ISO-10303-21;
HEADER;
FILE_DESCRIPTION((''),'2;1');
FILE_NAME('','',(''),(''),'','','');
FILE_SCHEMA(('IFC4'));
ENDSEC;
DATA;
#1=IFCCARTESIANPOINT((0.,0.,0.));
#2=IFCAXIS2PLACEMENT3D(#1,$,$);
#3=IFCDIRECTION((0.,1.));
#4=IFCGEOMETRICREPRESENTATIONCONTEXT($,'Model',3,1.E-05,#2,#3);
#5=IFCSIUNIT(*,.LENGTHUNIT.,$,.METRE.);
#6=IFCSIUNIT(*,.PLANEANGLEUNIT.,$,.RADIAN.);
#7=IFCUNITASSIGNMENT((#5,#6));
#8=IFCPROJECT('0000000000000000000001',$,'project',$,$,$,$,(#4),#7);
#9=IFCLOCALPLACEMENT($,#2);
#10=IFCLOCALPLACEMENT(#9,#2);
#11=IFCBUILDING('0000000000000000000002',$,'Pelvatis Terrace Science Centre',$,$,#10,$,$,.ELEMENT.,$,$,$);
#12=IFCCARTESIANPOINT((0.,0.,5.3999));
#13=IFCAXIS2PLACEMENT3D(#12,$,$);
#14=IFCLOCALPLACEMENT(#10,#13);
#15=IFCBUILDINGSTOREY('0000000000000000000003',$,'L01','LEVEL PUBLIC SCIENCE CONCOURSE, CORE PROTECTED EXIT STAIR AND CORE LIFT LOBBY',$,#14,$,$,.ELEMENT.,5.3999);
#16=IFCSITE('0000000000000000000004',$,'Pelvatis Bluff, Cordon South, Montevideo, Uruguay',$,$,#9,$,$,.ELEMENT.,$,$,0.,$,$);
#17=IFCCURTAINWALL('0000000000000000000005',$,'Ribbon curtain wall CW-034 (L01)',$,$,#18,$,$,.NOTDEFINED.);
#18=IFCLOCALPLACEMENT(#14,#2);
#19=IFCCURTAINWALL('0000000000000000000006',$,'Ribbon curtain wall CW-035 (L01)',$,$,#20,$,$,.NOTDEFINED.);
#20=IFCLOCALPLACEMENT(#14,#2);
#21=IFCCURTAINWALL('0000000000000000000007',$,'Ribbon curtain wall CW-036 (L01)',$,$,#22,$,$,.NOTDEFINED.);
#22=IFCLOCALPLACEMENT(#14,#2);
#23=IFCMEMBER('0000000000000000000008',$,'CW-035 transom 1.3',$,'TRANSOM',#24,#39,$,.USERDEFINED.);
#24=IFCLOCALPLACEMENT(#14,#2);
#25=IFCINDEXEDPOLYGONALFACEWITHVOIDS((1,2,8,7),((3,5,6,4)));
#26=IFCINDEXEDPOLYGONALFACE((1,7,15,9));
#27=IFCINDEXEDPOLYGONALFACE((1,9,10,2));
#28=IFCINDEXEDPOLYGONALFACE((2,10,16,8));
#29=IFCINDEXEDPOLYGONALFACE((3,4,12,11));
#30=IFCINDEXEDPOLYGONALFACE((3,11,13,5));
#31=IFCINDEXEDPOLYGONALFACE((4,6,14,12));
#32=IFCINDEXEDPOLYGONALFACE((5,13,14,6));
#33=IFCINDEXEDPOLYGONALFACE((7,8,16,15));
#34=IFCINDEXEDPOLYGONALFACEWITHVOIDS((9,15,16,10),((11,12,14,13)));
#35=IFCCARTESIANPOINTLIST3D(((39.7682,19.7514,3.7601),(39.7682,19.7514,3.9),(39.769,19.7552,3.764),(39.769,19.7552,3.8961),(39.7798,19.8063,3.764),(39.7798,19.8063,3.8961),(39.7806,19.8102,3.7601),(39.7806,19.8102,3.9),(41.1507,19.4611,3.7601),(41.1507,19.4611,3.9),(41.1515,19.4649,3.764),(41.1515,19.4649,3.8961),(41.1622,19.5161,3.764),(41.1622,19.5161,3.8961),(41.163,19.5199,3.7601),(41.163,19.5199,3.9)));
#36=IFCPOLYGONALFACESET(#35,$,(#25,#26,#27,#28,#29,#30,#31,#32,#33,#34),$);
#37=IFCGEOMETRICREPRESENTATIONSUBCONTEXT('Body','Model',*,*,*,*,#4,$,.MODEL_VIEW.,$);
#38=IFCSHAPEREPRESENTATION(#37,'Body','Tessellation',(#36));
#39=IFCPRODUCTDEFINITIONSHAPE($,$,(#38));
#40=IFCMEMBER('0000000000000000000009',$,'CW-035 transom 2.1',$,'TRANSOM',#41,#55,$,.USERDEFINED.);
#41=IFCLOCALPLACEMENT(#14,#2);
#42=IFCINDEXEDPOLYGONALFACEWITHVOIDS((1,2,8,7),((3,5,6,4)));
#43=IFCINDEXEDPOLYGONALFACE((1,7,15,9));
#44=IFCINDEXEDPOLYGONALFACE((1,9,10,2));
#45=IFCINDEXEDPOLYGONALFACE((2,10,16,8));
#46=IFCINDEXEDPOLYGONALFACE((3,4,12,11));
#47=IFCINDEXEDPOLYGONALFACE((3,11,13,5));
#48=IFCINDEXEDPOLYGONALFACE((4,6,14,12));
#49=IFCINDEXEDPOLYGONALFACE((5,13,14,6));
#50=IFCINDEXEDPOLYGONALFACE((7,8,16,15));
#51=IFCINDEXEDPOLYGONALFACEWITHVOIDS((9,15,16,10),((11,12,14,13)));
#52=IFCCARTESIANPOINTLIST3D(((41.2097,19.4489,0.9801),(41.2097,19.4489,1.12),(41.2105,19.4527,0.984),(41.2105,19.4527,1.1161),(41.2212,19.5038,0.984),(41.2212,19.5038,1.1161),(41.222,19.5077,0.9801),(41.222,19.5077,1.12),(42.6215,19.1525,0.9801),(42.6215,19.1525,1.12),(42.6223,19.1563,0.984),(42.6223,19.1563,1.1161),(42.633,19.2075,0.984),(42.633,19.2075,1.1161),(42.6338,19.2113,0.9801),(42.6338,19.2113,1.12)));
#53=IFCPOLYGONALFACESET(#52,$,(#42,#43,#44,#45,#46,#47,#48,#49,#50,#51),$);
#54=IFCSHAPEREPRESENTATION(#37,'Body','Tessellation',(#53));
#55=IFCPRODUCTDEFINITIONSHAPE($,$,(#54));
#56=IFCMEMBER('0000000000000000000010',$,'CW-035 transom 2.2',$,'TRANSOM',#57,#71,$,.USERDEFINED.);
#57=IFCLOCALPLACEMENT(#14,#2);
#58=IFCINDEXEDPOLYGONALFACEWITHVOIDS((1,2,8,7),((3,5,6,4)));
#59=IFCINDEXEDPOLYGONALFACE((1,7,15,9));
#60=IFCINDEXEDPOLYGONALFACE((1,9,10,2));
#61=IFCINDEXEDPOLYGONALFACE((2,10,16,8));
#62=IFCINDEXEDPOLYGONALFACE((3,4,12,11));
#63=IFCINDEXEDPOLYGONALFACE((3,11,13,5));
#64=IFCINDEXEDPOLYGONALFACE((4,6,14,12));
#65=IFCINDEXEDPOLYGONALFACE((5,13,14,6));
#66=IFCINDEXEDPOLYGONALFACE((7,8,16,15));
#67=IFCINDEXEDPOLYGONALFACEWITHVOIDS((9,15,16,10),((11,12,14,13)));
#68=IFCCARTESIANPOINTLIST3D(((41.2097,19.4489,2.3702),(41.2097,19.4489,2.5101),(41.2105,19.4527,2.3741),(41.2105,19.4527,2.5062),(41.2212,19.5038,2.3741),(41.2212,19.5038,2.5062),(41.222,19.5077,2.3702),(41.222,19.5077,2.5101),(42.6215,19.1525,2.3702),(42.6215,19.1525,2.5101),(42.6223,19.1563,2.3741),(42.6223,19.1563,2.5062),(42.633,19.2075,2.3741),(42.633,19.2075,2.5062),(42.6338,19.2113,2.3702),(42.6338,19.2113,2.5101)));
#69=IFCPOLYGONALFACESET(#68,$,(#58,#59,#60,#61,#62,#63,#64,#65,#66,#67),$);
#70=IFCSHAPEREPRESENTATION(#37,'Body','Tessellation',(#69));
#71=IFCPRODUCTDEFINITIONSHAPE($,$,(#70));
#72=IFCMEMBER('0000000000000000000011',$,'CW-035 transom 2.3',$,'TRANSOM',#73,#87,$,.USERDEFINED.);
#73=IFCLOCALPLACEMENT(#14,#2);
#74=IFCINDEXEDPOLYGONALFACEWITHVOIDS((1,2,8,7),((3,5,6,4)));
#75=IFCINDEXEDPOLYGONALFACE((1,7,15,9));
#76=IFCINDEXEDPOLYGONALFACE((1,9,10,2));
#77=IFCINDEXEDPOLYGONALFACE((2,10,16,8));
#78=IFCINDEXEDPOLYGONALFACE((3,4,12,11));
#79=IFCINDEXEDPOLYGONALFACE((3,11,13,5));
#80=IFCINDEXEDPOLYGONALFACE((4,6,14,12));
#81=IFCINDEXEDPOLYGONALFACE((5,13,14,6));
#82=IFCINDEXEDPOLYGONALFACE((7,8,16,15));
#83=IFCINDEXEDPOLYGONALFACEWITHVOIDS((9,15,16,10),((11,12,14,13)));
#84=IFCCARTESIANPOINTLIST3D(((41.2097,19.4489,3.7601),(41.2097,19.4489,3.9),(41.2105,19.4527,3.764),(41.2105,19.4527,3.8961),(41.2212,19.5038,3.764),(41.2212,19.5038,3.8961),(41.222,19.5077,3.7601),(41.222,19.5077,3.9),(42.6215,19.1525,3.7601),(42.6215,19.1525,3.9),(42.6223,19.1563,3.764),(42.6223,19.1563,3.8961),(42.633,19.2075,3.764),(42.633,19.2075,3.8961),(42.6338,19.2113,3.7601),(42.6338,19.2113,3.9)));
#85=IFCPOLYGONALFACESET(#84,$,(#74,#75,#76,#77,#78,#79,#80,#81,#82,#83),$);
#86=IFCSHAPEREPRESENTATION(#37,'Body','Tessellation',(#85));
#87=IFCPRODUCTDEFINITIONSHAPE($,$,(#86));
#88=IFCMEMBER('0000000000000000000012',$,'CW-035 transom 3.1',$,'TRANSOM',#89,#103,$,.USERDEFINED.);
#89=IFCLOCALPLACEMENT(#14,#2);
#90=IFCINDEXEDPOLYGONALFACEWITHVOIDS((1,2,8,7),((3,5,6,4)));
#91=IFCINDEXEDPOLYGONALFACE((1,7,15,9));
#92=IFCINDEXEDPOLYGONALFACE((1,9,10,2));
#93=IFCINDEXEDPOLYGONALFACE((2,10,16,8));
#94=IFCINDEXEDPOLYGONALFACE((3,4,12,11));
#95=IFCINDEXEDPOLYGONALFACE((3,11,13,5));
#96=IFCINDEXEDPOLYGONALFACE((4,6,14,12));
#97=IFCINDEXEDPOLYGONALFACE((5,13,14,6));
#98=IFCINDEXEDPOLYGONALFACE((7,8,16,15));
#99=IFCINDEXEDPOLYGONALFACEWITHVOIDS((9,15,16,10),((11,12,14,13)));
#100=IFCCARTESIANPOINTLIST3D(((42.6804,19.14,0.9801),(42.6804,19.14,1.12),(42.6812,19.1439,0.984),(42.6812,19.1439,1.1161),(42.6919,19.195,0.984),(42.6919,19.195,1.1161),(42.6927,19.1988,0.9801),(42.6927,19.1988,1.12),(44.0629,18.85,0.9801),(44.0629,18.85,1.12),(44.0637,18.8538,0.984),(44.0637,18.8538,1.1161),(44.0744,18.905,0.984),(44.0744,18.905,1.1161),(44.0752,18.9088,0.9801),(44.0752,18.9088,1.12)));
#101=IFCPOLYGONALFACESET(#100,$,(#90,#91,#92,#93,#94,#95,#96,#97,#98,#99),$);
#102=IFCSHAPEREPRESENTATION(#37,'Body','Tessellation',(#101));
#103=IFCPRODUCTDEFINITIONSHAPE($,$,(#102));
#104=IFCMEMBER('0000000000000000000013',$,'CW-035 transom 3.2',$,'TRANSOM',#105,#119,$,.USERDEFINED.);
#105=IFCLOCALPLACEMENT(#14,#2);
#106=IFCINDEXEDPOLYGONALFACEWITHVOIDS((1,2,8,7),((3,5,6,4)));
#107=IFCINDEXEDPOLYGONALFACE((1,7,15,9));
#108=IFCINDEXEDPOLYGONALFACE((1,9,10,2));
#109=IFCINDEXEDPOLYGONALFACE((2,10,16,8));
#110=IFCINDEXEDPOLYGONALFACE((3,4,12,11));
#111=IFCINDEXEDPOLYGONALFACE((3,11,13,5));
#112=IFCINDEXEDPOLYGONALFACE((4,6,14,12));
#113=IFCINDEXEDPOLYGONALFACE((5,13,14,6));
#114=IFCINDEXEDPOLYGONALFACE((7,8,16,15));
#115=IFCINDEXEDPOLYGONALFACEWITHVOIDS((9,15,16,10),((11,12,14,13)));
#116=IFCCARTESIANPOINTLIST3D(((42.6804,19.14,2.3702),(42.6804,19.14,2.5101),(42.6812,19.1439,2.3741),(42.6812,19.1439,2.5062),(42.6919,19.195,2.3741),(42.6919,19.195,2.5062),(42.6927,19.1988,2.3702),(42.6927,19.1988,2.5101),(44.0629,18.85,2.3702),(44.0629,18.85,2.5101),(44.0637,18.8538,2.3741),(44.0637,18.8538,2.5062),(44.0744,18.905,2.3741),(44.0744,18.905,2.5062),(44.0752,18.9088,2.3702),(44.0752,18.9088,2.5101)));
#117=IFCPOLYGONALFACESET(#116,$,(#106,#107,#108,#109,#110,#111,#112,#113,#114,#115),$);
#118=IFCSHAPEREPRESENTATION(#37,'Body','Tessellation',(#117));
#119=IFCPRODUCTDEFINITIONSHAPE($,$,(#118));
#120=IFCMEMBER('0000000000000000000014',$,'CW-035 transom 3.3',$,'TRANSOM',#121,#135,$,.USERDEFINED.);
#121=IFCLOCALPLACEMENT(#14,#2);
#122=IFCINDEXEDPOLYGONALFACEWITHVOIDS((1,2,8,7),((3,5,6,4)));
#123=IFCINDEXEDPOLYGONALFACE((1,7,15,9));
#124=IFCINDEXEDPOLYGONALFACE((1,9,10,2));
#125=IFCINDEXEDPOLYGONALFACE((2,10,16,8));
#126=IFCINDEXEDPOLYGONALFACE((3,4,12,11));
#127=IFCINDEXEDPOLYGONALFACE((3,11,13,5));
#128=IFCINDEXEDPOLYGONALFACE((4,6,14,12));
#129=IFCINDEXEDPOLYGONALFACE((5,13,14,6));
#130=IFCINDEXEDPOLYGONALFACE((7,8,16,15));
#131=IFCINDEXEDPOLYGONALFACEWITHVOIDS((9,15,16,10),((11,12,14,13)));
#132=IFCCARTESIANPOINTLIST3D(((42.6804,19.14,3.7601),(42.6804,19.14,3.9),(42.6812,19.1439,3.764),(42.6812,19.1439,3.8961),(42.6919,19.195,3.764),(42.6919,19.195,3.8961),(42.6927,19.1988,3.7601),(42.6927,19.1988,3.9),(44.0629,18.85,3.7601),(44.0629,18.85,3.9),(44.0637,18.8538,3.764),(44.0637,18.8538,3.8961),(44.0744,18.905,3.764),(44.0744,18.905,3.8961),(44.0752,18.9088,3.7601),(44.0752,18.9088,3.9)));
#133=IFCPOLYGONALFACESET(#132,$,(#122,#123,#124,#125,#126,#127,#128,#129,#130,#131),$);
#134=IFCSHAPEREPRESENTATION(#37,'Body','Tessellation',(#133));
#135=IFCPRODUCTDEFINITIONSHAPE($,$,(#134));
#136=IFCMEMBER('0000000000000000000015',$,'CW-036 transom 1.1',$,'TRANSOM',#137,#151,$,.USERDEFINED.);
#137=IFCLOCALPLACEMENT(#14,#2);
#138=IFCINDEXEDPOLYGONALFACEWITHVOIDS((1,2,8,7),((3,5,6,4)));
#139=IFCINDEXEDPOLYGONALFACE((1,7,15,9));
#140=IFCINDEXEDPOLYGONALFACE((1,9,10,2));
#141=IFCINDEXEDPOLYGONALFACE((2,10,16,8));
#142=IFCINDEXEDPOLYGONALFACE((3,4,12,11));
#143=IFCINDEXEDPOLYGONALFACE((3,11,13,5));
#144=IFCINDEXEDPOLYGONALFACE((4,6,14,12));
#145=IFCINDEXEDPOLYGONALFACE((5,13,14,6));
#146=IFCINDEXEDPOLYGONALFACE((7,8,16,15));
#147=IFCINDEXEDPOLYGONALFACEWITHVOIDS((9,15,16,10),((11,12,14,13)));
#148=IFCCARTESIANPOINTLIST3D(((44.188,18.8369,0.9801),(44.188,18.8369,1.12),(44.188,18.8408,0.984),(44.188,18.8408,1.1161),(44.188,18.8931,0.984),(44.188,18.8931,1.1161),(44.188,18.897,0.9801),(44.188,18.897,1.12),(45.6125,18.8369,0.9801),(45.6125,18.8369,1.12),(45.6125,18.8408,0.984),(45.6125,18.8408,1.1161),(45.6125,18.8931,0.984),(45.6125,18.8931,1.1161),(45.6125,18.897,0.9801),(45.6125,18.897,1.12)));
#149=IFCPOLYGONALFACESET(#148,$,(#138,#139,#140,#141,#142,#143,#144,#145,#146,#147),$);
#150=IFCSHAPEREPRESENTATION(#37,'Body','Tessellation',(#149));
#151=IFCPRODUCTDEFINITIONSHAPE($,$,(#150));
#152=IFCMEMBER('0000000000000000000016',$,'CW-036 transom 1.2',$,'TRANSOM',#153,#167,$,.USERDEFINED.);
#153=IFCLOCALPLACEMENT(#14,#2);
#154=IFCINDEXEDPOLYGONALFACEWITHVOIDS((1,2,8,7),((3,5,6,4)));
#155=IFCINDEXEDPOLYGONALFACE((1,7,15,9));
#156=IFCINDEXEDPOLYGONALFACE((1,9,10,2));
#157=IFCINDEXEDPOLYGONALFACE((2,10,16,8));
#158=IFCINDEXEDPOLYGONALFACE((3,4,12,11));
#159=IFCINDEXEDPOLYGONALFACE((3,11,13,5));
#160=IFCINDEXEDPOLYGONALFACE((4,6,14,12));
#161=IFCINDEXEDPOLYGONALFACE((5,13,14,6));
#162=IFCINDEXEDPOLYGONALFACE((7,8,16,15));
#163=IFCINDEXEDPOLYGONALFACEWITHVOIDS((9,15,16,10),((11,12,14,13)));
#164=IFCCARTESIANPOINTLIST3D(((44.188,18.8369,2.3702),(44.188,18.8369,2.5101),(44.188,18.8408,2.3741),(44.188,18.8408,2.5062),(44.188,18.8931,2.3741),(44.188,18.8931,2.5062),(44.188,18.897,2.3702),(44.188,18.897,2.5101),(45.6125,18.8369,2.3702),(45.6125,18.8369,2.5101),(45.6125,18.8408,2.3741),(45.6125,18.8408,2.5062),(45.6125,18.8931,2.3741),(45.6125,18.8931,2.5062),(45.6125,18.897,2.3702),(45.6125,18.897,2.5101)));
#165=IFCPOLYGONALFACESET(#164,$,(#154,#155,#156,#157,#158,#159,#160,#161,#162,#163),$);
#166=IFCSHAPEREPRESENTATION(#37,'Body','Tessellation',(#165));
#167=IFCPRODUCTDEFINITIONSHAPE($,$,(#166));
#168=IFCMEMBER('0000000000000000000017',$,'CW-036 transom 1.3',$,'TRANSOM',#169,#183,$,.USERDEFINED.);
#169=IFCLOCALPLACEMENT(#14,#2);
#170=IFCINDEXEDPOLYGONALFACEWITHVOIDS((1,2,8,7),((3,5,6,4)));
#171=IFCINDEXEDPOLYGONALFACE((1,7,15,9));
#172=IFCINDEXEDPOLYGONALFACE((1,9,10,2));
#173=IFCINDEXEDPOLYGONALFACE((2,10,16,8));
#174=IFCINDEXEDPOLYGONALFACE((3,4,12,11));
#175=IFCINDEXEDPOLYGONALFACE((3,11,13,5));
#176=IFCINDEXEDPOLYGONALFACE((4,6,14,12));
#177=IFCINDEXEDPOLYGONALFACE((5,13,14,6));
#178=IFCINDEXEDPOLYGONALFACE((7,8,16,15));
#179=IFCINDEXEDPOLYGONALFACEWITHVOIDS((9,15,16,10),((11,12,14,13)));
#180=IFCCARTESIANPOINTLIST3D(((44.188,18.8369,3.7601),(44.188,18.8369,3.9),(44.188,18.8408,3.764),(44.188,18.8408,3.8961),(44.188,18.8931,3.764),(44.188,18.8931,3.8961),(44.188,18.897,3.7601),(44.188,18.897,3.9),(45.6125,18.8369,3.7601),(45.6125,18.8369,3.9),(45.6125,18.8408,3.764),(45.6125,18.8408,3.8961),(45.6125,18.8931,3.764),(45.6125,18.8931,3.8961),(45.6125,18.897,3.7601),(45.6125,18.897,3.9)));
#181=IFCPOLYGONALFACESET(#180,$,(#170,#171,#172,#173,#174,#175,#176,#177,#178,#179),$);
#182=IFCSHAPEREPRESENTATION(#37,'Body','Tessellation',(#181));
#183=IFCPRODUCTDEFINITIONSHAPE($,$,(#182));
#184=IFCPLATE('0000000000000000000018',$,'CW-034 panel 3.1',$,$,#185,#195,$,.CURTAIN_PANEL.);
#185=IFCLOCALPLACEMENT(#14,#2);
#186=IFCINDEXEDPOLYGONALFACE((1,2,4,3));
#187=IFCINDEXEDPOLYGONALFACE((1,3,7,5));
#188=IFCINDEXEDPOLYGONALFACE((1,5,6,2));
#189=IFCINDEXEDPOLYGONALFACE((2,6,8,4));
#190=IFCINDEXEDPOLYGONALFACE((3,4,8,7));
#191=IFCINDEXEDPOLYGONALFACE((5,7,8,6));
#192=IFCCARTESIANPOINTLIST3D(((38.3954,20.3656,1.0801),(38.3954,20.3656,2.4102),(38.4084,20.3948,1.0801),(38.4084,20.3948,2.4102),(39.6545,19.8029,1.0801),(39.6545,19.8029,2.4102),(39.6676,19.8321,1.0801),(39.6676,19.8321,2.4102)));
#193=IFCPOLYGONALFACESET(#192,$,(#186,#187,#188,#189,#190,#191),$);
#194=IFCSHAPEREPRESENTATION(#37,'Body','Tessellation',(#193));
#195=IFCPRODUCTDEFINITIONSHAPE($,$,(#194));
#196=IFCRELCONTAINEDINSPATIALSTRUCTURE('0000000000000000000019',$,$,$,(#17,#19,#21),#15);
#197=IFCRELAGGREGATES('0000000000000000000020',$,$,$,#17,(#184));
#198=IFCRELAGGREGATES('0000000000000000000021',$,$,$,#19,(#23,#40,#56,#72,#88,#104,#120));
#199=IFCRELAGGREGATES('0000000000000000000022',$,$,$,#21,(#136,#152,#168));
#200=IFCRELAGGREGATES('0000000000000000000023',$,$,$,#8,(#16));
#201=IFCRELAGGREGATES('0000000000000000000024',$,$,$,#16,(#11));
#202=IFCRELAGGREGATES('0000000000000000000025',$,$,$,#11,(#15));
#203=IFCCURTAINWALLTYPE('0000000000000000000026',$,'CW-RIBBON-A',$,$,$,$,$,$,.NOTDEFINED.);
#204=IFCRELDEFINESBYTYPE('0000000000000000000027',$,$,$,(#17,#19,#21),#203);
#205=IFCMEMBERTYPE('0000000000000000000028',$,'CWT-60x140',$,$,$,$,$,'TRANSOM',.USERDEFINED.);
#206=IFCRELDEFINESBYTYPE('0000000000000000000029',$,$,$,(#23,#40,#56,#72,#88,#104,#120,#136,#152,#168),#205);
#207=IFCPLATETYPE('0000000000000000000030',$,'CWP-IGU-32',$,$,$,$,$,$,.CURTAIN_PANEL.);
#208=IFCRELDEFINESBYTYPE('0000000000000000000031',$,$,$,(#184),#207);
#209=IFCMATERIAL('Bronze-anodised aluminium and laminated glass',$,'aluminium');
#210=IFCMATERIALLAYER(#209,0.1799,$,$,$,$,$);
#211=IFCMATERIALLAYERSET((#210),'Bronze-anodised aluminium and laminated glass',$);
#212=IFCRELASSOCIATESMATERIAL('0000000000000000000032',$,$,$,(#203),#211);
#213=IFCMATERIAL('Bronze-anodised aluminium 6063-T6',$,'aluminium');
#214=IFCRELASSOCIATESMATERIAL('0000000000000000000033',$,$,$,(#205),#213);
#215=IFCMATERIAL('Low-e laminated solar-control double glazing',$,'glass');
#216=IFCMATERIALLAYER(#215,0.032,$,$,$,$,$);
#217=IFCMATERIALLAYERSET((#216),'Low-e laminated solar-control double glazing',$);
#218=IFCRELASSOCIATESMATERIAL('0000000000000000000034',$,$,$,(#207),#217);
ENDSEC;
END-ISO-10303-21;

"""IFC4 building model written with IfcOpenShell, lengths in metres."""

from ifc_helpers import new_model, si_unit, direction, frame, origin, origin_2d, place, context, subcontext, project, spatial, rectangle, hollow_rectangle, extrude, material, layer, layer_set, material_profile, profile_set, type_object, element, aggregate, save


model = new_model("IFC4")

# Units and contexts
model_context = context("Model", 3, precision=1e-05, world=origin(), true_north=direction((0.0, 1.0)))
body_context = subcontext(model_context, "Body", "Model", "MODEL_VIEW")
ifc_project = project(units=[si_unit("LENGTHUNIT", "METRE"), si_unit("PLANEANGLEUNIT", "RADIAN")], contexts=[model_context])

# Site, building, storey
site_placement = place(None, origin())
site = spatial("IfcSite", under=ifc_project, at=site_placement, Name="Pelvatis Bluff, Cordon South, Montevideo, Uruguay", CompositionType="ELEMENT", RefElevation=0.0)
building_placement = place(site_placement, origin())
building = spatial("IfcBuilding", under=site, at=building_placement, Name="Pelvatis Terrace Science Centre", CompositionType="ELEMENT")
storey_placement = place(building_placement, frame((0.0, 0.0, 5.3999)))
storey = spatial("IfcBuildingStorey", under=building, at=storey_placement, Name="L01", Description="LEVEL PUBLIC SCIENCE CONCOURSE, CORE PROTECTED EXIT STAIR AND CORE LIFT LOBBY", CompositionType="ELEMENT", Elevation=5.3999)

# Curtain wall
ifc_material_1 = material(Name="Bronze-anodised aluminium and laminated glass", Category="aluminium")
ifc_layer_1 = layer(ifc_material_1, 0.1799)
ifc_layer_set_1 = layer_set([ifc_layer_1], Name="Bronze-anodised aluminium and laminated glass")
curtain_wall_type = type_object("IfcCurtainWallType", Name="CW-RIBBON-A", PredefinedType="NOTDEFINED", material=ifc_layer_set_1)
curtain_wall_1_placement = place(storey_placement, origin())
curtain_wall_1 = element("IfcCurtainWall", 1, at=curtain_wall_1_placement, inside=storey, type_object=curtain_wall_type, Name="Ribbon curtain wall CW-034 (L01)", PredefinedType="NOTDEFINED")

# Curtain wall
curtain_wall_2_placement = place(storey_placement, origin())
curtain_wall_2 = element("IfcCurtainWall", 2, at=curtain_wall_2_placement, inside=storey, type_object=curtain_wall_type, Name="Ribbon curtain wall CW-035 (L01)", PredefinedType="NOTDEFINED")

# Curtain wall
curtain_wall_3_placement = place(storey_placement, origin())
curtain_wall_3 = element("IfcCurtainWall", 3, at=curtain_wall_3_placement, inside=storey, type_object=curtain_wall_type, Name="Ribbon curtain wall CW-036 (L01)", PredefinedType="NOTDEFINED")

# Members
ifc_material_2 = material(Name="Bronze-anodised aluminium 6063-T6", Category="aluminium")
ifc_material_profile_1 = material_profile(ifc_material_2, hollow_rectangle(XDim=0.0601, YDim=0.1399, WallThickness=0.0039, at=origin_2d()), Name="ALU-TRN 60x140")
ifc_profile_set_1 = profile_set([ifc_material_profile_1], Name="Bronze-anodised aluminium 6063-T6")
member_type_1 = type_object("IfcMemberType", Name="CWT-60x140", ElementType="TRANSOM", PredefinedType="USERDEFINED", material=ifc_profile_set_1)
member_1_placement = place(storey_placement, frame((39.7744, 19.7808, 3.8301), z_axis=(0.978661, -0.205479, 0.0), x_axis=(0.205479, 0.978661, 0.0)))
member_1 = element("IfcMember", 4, at=member_1_placement, type_object=member_type_1, Name="CW-035 transom 1.3", ObjectType="TRANSOM", PredefinedType="USERDEFINED", context=body_context, shape_type="SweptSolid", body=[
    extrude(hollow_rectangle(XDim=0.0601, YDim=0.1399, WallThickness=0.0039, at=origin_2d()), origin(), (0.0, 0.0, 1.0), 1.4126),
])
member_2_placement = place(storey_placement, frame((41.2158, 19.4783, 1.05), z_axis=(0.978668, -0.205448, 0.0), x_axis=(0.205448, 0.978668, 0.0)))
member_2 = element("IfcMember", 5, at=member_2_placement, type_object=member_type_1, Name="CW-035 transom 2.1", ObjectType="TRANSOM", PredefinedType="USERDEFINED", context=body_context, shape_type="SweptSolid", body=[
    extrude(hollow_rectangle(XDim=0.0601, YDim=0.1399, WallThickness=0.0039, at=origin_2d()), origin(), (0.0, 0.0, 1.0), 1.4426),
])
member_3_placement = place(storey_placement, frame((41.2158, 19.4783, 2.4402), z_axis=(0.978668, -0.205448, 0.0), x_axis=(0.205448, 0.978668, 0.0)))
member_3 = element("IfcMember", 6, at=member_3_placement, type_object=member_type_1, Name="CW-035 transom 2.2", ObjectType="TRANSOM", PredefinedType="USERDEFINED", context=body_context, shape_type="SweptSolid", body=[
    extrude(hollow_rectangle(XDim=0.0601, YDim=0.1399, WallThickness=0.0039, at=origin_2d()), origin(), (0.0, 0.0, 1.0), 1.4426),
])
member_4_placement = place(storey_placement, frame((41.2158, 19.4783, 3.8301), z_axis=(0.978668, -0.205448, 0.0), x_axis=(0.205448, 0.978668, 0.0)))
member_4 = element("IfcMember", 7, at=member_4_placement, type_object=member_type_1, Name="CW-035 transom 2.3", ObjectType="TRANSOM", PredefinedType="USERDEFINED", context=body_context, shape_type="SweptSolid", body=[
    extrude(hollow_rectangle(XDim=0.0601, YDim=0.1399, WallThickness=0.0039, at=origin_2d()), origin(), (0.0, 0.0, 1.0), 1.4426),
])
member_5_placement = place(storey_placement, frame((42.6865, 19.1694, 1.05), z_axis=(0.978696, -0.205314, 0.0), x_axis=(0.205314, 0.978696, 0.0)))
member_5 = element("IfcMember", 8, at=member_5_placement, type_object=member_type_1, Name="CW-035 transom 3.1", ObjectType="TRANSOM", PredefinedType="USERDEFINED", context=body_context, shape_type="SweptSolid", body=[
    extrude(hollow_rectangle(XDim=0.0601, YDim=0.1399, WallThickness=0.0039, at=origin_2d()), origin(), (0.0, 0.0, 1.0), 1.4126),
])
member_6_placement = place(storey_placement, frame((42.6865, 19.1694, 2.4402), z_axis=(0.978696, -0.205314, 0.0), x_axis=(0.205314, 0.978696, 0.0)))
member_6 = element("IfcMember", 9, at=member_6_placement, type_object=member_type_1, Name="CW-035 transom 3.2", ObjectType="TRANSOM", PredefinedType="USERDEFINED", context=body_context, shape_type="SweptSolid", body=[
    extrude(hollow_rectangle(XDim=0.0601, YDim=0.1399, WallThickness=0.0039, at=origin_2d()), origin(), (0.0, 0.0, 1.0), 1.4126),
])
member_7_placement = place(storey_placement, frame((42.6865, 19.1694, 3.8301), z_axis=(0.978696, -0.205314, 0.0), x_axis=(0.205314, 0.978696, 0.0)))
member_7 = element("IfcMember", 10, at=member_7_placement, type_object=member_type_1, Name="CW-035 transom 3.3", ObjectType="TRANSOM", PredefinedType="USERDEFINED", context=body_context, shape_type="SweptSolid", body=[
    extrude(hollow_rectangle(XDim=0.0601, YDim=0.1399, WallThickness=0.0039, at=origin_2d()), origin(), (0.0, 0.0, 1.0), 1.4126),
])
member_8_placement = place(storey_placement, frame((44.188, 18.8669, 1.05), z_axis=(1.0, 0.0, 0.0), x_axis=(0.0, 1.0, 0.0)))
member_8 = element("IfcMember", 11, at=member_8_placement, type_object=member_type_1, Name="CW-036 transom 1.1", ObjectType="TRANSOM", PredefinedType="USERDEFINED", context=body_context, shape_type="SweptSolid", body=[
    extrude(hollow_rectangle(XDim=0.0601, YDim=0.1399, WallThickness=0.0039, at=origin_2d()), origin(), (0.0, 0.0, 1.0), 1.4246),
])
member_9_placement = place(storey_placement, frame((44.188, 18.8669, 2.4402), z_axis=(1.0, 0.0, 0.0), x_axis=(0.0, 1.0, 0.0)))
member_9 = element("IfcMember", 12, at=member_9_placement, type_object=member_type_1, Name="CW-036 transom 1.2", ObjectType="TRANSOM", PredefinedType="USERDEFINED", context=body_context, shape_type="SweptSolid", body=[
    extrude(hollow_rectangle(XDim=0.0601, YDim=0.1399, WallThickness=0.0039, at=origin_2d()), origin(), (0.0, 0.0, 1.0), 1.4246),
])
member_10_placement = place(storey_placement, frame((44.188, 18.8669, 3.8301), z_axis=(1.0, 0.0, 0.0), x_axis=(0.0, 1.0, 0.0)))
member_10 = element("IfcMember", 13, at=member_10_placement, type_object=member_type_1, Name="CW-036 transom 1.3", ObjectType="TRANSOM", PredefinedType="USERDEFINED", context=body_context, shape_type="SweptSolid", body=[
    extrude(hollow_rectangle(XDim=0.0601, YDim=0.1399, WallThickness=0.0039, at=origin_2d()), origin(), (0.0, 0.0, 1.0), 1.4246),
])

# Plate
ifc_material_3 = material(Name="Low-e laminated solar-control double glazing", Category="glass")
ifc_layer_2 = layer(ifc_material_3, 0.032)
ifc_layer_set_2 = layer_set([ifc_layer_2], Name="Low-e laminated solar-control double glazing")
plate_type = type_object("IfcPlateType", Name="CWP-IGU-32", PredefinedType="CURTAIN_PANEL", material=ifc_layer_set_2)
plate_1_placement = place(storey_placement, frame((39.0315, 20.0989, 1.0801), z_axis=(0.0, 0.0, 1.0), x_axis=(0.912985, -0.407992, 0.0)))
plate_1 = element("IfcPlate", 14, at=plate_1_placement, type_object=plate_type, Name="CW-034 panel 3.1", PredefinedType="CURTAIN_PANEL", context=body_context, shape_type="SweptSolid", body=[
    extrude(rectangle(XDim=1.3792, YDim=0.032, at=origin_2d()), origin(), (0.0, 0.0, 1.0), 1.3301),
])
aggregate(curtain_wall_1, [plate_1])
aggregate(curtain_wall_2, [member_1, member_2, member_3, member_4, member_5, member_6, member_7])
aggregate(curtain_wall_3, [member_8, member_9, member_10])

save(model, "model.ifc")
